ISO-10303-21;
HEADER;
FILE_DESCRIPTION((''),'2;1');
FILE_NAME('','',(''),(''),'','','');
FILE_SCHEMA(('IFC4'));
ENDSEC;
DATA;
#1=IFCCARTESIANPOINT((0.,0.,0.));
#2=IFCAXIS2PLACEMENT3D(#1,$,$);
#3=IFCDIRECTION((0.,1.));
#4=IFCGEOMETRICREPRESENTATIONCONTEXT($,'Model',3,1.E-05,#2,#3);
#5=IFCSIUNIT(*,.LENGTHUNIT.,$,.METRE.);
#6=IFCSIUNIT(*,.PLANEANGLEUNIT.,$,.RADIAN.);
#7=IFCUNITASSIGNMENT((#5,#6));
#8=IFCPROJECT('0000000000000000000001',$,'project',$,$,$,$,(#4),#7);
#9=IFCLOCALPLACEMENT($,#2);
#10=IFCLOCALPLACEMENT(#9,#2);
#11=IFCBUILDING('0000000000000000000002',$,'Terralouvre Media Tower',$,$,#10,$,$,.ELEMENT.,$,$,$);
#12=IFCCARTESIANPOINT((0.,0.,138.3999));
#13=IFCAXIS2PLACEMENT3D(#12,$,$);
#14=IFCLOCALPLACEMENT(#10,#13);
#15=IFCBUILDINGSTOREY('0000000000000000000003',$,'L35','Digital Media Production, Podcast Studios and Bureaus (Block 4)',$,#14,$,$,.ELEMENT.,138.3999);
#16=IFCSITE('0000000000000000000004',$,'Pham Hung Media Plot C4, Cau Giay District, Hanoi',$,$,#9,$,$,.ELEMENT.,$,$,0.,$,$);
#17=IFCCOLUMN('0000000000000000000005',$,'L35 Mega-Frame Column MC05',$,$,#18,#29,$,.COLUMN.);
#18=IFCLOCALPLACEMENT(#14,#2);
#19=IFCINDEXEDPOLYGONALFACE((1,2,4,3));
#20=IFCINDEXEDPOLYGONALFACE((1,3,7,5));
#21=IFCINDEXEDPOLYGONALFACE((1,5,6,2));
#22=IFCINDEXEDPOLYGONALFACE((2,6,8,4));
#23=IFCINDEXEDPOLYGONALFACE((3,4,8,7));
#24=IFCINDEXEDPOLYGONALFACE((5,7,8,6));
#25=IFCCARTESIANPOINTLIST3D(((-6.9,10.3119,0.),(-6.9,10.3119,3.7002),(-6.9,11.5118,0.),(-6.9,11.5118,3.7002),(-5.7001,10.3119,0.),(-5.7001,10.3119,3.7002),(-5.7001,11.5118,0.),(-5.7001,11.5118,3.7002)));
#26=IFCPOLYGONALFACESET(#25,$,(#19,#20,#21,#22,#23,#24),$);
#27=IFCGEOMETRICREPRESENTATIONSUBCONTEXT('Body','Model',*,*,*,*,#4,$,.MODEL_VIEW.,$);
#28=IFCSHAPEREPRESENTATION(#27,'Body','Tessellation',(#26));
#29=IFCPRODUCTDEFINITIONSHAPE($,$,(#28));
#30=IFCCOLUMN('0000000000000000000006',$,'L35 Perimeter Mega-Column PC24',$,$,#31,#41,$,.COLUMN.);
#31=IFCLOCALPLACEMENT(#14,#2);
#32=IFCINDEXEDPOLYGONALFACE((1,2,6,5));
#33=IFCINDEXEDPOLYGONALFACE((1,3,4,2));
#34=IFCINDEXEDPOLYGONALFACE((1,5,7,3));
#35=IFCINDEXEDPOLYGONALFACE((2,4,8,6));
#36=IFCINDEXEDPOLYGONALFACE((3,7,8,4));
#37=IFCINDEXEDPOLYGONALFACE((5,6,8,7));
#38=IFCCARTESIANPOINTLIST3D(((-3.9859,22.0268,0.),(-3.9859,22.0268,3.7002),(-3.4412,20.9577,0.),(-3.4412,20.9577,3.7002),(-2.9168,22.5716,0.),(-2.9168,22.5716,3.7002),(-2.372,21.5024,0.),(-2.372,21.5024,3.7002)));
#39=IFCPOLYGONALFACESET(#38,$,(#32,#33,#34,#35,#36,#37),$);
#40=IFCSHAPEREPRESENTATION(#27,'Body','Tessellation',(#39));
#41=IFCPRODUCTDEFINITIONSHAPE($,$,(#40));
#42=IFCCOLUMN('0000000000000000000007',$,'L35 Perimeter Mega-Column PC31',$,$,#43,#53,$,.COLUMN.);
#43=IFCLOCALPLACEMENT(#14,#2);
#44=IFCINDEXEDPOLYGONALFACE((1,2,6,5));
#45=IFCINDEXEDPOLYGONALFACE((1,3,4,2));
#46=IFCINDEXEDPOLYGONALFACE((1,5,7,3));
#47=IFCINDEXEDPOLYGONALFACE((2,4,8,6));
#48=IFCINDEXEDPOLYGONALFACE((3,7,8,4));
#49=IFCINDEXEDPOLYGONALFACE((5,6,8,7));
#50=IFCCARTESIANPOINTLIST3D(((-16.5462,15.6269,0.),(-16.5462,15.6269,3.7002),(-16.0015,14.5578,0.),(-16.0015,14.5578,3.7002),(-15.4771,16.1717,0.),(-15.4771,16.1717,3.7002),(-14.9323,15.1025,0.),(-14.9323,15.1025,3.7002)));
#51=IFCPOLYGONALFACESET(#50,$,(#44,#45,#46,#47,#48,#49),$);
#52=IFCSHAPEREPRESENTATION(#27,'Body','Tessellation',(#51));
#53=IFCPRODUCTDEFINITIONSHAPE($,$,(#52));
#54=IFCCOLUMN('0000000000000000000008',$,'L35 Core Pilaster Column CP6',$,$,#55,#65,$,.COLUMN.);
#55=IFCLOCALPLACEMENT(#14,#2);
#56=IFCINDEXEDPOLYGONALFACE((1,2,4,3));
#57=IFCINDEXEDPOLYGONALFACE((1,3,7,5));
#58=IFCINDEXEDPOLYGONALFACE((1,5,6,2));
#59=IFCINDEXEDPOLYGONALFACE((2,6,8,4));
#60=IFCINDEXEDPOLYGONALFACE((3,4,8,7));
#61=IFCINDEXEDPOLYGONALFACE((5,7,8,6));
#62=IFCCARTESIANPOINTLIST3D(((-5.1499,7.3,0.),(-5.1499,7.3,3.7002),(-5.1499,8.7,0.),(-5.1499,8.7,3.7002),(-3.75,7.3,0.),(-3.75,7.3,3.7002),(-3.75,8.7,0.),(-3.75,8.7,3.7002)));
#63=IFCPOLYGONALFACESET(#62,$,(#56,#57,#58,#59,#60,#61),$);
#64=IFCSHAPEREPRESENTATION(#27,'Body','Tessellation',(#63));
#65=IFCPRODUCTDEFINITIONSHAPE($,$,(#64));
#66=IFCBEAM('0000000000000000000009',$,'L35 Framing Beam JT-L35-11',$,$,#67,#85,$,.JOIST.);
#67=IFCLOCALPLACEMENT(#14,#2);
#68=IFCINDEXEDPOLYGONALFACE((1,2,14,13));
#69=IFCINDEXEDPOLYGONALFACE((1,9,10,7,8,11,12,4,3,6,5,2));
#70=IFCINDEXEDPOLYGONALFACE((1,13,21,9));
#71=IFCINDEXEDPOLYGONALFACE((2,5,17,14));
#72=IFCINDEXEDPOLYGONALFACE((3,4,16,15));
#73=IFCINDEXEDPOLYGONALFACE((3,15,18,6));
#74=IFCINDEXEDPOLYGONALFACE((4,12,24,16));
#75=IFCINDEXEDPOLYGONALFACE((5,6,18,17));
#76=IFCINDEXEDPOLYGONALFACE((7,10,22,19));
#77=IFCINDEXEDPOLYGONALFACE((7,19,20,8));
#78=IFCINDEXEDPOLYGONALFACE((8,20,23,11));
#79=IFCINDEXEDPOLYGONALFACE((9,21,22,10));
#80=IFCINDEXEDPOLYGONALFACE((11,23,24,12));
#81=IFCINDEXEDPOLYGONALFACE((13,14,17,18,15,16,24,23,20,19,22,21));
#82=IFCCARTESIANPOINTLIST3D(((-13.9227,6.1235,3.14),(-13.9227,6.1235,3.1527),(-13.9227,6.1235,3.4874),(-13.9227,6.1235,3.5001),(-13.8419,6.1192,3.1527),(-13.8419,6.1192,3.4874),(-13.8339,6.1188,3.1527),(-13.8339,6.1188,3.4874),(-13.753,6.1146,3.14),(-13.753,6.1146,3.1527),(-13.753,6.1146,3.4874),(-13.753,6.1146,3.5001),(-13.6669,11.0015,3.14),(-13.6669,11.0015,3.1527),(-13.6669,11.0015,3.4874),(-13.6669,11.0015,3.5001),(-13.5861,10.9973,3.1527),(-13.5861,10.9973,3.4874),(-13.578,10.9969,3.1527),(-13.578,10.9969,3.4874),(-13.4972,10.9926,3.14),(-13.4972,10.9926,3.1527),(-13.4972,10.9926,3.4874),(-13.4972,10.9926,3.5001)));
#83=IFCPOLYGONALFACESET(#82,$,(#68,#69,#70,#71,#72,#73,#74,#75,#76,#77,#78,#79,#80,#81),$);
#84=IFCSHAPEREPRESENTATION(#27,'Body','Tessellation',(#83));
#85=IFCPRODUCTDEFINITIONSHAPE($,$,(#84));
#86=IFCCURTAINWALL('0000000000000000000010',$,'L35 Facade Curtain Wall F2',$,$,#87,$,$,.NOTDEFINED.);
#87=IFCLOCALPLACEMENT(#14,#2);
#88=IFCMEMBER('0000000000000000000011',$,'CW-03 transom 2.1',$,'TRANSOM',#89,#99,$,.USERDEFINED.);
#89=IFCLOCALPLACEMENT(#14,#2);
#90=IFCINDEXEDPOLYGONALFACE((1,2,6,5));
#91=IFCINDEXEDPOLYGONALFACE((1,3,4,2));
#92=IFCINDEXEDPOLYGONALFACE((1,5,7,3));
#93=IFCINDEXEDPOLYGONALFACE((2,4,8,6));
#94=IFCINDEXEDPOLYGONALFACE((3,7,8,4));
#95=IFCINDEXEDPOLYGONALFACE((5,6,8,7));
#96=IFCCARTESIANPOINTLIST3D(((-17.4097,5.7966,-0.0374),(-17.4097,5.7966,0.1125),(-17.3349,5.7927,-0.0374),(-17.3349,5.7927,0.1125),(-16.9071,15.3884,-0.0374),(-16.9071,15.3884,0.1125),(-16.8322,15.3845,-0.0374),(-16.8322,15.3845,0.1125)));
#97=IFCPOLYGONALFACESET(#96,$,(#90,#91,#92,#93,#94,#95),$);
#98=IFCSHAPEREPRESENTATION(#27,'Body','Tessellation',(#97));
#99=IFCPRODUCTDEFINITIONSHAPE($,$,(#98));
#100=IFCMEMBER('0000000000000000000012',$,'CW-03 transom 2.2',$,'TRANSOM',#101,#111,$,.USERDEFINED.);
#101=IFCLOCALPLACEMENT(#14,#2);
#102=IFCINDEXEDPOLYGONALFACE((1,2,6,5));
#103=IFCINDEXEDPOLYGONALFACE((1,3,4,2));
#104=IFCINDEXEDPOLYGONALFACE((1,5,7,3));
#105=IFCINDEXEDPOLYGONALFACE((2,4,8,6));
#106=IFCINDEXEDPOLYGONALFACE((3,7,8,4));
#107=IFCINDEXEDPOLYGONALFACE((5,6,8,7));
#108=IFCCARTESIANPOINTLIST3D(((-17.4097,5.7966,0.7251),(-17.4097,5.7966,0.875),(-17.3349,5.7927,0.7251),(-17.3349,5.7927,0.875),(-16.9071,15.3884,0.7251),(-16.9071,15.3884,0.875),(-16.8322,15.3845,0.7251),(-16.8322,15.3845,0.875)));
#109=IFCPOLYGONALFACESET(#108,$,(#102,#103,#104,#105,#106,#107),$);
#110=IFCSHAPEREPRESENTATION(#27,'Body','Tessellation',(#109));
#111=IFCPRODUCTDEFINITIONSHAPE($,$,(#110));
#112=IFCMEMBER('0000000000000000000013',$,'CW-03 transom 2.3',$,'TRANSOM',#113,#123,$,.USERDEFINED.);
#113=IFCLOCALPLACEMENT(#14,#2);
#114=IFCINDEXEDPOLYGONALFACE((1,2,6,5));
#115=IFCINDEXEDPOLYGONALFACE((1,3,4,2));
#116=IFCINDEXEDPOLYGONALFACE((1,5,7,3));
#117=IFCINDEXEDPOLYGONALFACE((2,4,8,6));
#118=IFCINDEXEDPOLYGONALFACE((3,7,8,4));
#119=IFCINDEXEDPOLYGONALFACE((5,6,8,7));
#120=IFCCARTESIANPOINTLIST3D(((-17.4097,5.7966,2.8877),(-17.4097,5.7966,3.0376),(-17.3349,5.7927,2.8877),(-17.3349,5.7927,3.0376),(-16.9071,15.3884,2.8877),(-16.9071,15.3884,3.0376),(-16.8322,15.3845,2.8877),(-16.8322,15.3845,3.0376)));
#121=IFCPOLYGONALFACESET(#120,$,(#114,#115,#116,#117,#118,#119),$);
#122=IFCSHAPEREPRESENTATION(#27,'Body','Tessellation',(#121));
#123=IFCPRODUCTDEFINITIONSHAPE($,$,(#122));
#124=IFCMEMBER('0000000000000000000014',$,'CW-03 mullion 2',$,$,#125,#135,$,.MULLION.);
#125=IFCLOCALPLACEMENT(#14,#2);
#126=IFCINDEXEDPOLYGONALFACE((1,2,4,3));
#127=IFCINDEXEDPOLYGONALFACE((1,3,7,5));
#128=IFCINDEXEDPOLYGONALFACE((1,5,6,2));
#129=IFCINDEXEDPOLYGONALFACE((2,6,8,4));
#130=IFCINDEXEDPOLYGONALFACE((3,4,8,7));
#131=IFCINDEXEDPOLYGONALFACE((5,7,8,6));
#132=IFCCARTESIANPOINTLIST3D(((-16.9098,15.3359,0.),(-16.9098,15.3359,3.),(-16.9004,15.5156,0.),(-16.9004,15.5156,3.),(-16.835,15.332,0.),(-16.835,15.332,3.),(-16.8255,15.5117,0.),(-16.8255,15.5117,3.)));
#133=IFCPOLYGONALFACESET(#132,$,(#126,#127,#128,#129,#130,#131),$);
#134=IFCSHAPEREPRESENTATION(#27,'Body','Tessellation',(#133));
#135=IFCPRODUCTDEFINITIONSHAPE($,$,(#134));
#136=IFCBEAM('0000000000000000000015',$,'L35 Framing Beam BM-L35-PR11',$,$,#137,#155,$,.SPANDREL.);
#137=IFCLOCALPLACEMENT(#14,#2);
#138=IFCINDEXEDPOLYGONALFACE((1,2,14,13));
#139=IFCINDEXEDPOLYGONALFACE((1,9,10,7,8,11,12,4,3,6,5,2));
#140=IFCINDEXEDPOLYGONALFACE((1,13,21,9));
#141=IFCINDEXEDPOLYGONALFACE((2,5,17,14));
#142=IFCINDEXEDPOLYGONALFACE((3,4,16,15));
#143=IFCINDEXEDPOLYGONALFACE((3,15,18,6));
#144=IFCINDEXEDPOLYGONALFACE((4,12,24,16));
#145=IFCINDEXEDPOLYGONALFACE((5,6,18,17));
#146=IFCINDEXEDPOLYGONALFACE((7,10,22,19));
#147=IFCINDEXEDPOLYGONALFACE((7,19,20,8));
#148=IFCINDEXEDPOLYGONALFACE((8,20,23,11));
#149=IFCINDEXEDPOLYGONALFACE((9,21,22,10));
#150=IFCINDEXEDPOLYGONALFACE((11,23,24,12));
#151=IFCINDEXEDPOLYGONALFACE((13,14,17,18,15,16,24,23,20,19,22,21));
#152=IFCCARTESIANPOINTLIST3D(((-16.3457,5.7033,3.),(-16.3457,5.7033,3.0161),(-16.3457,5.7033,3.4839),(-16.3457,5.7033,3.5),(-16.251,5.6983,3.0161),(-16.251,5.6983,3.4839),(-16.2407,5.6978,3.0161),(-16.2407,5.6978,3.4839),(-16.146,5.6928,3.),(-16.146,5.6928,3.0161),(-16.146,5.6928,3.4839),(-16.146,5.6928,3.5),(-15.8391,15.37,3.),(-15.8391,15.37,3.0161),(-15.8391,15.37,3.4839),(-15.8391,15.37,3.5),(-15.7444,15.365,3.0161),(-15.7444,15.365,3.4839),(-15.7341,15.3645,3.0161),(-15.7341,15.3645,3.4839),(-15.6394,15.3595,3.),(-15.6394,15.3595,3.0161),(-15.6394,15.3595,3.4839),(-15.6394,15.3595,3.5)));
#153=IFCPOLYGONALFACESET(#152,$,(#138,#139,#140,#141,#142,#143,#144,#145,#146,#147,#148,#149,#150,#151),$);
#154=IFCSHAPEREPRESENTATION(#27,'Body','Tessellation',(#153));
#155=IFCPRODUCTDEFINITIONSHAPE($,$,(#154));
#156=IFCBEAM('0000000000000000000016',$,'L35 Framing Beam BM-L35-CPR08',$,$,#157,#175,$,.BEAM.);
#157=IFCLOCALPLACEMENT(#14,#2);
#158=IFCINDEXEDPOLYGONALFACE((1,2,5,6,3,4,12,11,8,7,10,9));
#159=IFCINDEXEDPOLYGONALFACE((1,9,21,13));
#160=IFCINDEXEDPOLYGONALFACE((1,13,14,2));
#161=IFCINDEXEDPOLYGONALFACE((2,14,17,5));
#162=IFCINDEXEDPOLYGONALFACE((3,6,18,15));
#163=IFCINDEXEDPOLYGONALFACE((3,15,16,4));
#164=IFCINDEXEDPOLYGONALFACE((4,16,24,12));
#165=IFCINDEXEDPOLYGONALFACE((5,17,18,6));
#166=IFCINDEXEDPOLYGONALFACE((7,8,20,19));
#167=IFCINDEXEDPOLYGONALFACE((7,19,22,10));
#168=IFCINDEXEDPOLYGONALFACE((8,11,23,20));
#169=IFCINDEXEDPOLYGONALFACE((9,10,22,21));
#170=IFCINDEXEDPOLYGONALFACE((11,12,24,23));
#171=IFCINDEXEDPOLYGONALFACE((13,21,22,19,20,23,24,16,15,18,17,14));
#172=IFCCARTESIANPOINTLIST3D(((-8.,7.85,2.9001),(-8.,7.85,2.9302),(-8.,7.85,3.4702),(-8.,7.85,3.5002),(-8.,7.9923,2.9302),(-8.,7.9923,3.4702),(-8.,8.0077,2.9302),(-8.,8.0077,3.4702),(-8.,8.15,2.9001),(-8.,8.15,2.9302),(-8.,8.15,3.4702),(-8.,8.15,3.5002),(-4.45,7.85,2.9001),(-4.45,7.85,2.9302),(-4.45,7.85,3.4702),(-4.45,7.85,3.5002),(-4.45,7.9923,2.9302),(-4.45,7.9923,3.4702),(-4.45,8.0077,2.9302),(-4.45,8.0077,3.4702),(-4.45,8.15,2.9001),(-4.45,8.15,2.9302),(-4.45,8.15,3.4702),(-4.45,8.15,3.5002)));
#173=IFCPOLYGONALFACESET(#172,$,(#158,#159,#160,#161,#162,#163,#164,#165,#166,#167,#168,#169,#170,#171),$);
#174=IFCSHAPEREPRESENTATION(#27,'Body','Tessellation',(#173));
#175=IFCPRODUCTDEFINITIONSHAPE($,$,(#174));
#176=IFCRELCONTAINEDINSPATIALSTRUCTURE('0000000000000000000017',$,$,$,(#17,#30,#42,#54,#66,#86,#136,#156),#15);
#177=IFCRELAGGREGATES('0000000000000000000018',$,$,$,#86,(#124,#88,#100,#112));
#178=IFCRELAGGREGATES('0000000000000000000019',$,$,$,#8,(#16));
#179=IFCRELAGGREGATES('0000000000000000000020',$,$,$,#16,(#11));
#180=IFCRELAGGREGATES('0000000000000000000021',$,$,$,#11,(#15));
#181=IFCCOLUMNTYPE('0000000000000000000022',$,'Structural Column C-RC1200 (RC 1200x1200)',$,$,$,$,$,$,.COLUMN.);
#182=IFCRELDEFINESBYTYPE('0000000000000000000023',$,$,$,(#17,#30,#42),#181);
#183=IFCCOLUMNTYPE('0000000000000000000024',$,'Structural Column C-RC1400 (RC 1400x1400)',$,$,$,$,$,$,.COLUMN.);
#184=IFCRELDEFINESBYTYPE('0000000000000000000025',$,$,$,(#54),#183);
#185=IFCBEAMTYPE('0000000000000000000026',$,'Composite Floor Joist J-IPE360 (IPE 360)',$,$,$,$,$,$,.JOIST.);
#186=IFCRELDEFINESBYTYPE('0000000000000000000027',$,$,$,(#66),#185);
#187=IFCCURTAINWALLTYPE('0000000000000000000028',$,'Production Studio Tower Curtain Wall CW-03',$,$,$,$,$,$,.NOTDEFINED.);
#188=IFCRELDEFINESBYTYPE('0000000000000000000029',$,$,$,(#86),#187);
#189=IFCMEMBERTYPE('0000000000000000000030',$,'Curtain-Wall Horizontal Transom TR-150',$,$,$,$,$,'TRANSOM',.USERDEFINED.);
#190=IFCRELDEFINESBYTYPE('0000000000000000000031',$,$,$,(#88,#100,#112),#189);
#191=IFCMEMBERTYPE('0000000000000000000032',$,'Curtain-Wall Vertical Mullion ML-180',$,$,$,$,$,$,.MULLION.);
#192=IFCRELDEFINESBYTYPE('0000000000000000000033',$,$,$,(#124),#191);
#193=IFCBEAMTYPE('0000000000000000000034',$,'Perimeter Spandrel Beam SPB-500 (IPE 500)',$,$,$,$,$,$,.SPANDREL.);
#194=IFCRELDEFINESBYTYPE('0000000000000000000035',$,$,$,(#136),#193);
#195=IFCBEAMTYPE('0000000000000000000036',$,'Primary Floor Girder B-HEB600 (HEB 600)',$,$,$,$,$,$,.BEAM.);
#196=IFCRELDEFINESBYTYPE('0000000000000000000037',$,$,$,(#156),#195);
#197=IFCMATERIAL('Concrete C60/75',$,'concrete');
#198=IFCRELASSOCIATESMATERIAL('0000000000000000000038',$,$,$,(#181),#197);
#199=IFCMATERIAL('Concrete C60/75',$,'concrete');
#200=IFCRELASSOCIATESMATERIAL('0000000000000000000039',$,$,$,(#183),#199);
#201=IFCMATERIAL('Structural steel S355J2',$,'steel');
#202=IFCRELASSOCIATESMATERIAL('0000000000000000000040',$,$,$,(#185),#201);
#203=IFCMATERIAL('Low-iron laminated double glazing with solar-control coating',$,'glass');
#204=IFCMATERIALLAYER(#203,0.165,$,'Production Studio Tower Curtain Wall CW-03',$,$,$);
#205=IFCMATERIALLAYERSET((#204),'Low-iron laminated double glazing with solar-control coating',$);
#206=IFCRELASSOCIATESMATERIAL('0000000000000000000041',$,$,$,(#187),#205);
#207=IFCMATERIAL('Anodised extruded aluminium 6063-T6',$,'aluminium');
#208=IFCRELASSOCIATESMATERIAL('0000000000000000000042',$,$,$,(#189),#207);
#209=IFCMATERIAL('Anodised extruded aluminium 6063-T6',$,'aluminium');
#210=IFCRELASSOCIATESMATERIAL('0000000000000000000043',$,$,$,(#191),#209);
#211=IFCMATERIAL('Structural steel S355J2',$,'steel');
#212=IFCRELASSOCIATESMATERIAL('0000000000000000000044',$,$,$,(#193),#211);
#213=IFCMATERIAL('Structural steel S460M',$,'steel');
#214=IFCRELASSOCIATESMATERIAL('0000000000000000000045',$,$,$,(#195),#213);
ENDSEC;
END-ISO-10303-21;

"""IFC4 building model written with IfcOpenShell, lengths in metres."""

from ifc_helpers import new_model, si_unit, direction, frame, origin, origin_2d, place, context, subcontext, project, spatial, rectangle, i_section, extrude, material, layer, layer_set, material_profile, profile_set, type_object, element, aggregate, save


model = new_model("IFC4")

# Units and contexts
model_context = context("Model", 3, precision=1e-05, world=origin(), true_north=direction((0.0, 1.0)))
body_context = subcontext(model_context, "Body", "Model", "MODEL_VIEW")
ifc_project = project(units=[si_unit("LENGTHUNIT", "METRE"), si_unit("PLANEANGLEUNIT", "RADIAN")], contexts=[model_context])

# Site, building, storey
site_placement = place(None, origin())
site = spatial("IfcSite", under=ifc_project, at=site_placement, Name="Pham Hung Media Plot C4, Cau Giay District, Hanoi", CompositionType="ELEMENT", RefElevation=0.0)
building_placement = place(site_placement, origin())
building = spatial("IfcBuilding", under=site, at=building_placement, Name="Terralouvre Media Tower", CompositionType="ELEMENT")
storey_placement = place(building_placement, frame((0.0, 0.0, 138.3999)))
storey = spatial("IfcBuildingStorey", under=building, at=storey_placement, Name="L35", Description="Digital Media Production, Podcast Studios and Bureaus (Block 4)", CompositionType="ELEMENT", Elevation=138.3999)

# Columns
ifc_material_1 = material(Name="Concrete C60/75", Category="concrete")
ifc_material_profile_1 = material_profile(ifc_material_1, rectangle(XDim=1.2, YDim=1.2, at=origin_2d()), Name="RC 1200x1200")
ifc_profile_set_1 = profile_set([ifc_material_profile_1], Name="Concrete C60/75")
column_type_1 = type_object("IfcColumnType", Name="Structural Column C-RC1200 (RC 1200x1200)", PredefinedType="COLUMN", material=ifc_profile_set_1)
for number, where, z_axis, x_axis, name in (
    (1, (-6.3, 10.9119, 0.0), (0.0, 0.0, 1.0), (1.0, 0.0, 0.0), "L35 Mega-Frame Column MC05"),
    (2, (-3.179, 21.7646, 0.0), (0.0, 0.0, 1.0), (0.891007, 0.45399, 0.0), "L35 Perimeter Mega-Column PC24"),
    (3, (-15.7393, 15.3647, 0.0), (0.0, 0.0, 1.0), (0.891007, 0.45399, 0.0), "L35 Perimeter Mega-Column PC31"),
):
    element("IfcColumn", number, at=place(storey_placement, frame(where, z_axis=z_axis, x_axis=x_axis)), inside=storey, type_object=column_type_1, Name=name, PredefinedType="COLUMN", context=body_context, shape_type="SweptSolid", body=[
        extrude(rectangle(XDim=1.2, YDim=1.2, at=origin_2d()), origin(), (0.0, 0.0, 1.0), 3.7002),
    ])
ifc_material_2 = material(Name="Concrete C60/75", Category="concrete")
ifc_material_profile_2 = material_profile(ifc_material_2, rectangle(XDim=1.3999, YDim=1.3999, at=origin_2d()), Name="RC 1400x1400")
ifc_profile_set_2 = profile_set([ifc_material_profile_2], Name="Concrete C60/75")
column_type_2 = type_object("IfcColumnType", Name="Structural Column C-RC1400 (RC 1400x1400)", PredefinedType="COLUMN", material=ifc_profile_set_2)
column_placement = place(storey_placement, frame((-4.45, 8.0, 0.0), z_axis=(0.0, 0.0, 1.0), x_axis=(1.0, 0.0, 0.0)))
element("IfcColumn", 4, at=column_placement, inside=storey, type_object=column_type_2, Name="L35 Core Pilaster Column CP6", PredefinedType="COLUMN", context=body_context, shape_type="SweptSolid", body=[
    extrude(rectangle(XDim=1.3999, YDim=1.3999, at=origin_2d()), origin(), (0.0, 0.0, 1.0), 3.7002),
])

# Beam
ifc_material_3 = material(Name="Structural steel S355J2", Category="steel")
ifc_material_profile_3 = material_profile(ifc_material_3, i_section(OverallWidth=0.1699, OverallDepth=0.3601, WebThickness=0.0081, FlangeThickness=0.0127, at=origin_2d()), Name="IPE 360")
ifc_profile_set_3 = profile_set([ifc_material_profile_3], Name="Structural steel S355J2")
beam_type_1 = type_object("IfcBeamType", Name="Composite Floor Joist J-IPE360 (IPE 360)", PredefinedType="JOIST", material=ifc_profile_set_3)
beam_1_placement = place(storey_placement, frame((-13.582, 10.9971, 3.3201), z_axis=(-0.052378, -0.998627, 0.0), x_axis=(0.998627, -0.052378, 0.0)))
element("IfcBeam", 5, at=beam_1_placement, inside=storey, type_object=beam_type_1, Name="L35 Framing Beam JT-L35-11", PredefinedType="JOIST", context=body_context, shape_type="SweptSolid", body=[
    extrude(i_section(OverallWidth=0.1699, OverallDepth=0.3601, WebThickness=0.0081, FlangeThickness=0.0127, at=origin_2d()), origin(), (0.0, 0.0, 1.0), 4.8848),
])

# Curtain wall, members
ifc_material_4 = material(Name="Low-iron laminated double glazing with solar-control coating", Category="glass")
ifc_layer_1 = layer(ifc_material_4, 0.165, Name="Production Studio Tower Curtain Wall CW-03")
ifc_layer_set_1 = layer_set([ifc_layer_1], Name="Low-iron laminated double glazing with solar-control coating")
curtain_wall_type = type_object("IfcCurtainWallType", Name="Production Studio Tower Curtain Wall CW-03", PredefinedType="NOTDEFINED", material=ifc_layer_set_1)
curtain_wall_placement = place(storey_placement, origin())
curtain_wall = element("IfcCurtainWall", 6, at=curtain_wall_placement, inside=storey, type_object=curtain_wall_type, Name="L35 Facade Curtain Wall F2", PredefinedType="NOTDEFINED")
ifc_material_5 = material(Name="Anodised extruded aluminium 6063-T6", Category="aluminium")
ifc_material_profile_4 = material_profile(ifc_material_5, rectangle(XDim=0.075, YDim=0.1499, at=origin_2d()), Name="ALU 75x150")
ifc_profile_set_4 = profile_set([ifc_material_profile_4], Name="Anodised extruded aluminium 6063-T6")
member_type_1 = type_object("IfcMemberType", Name="Curtain-Wall Horizontal Transom TR-150", ElementType="TRANSOM", PredefinedType="USERDEFINED", material=ifc_profile_set_4)
member_1_placement = place(storey_placement, frame((-16.8696, 15.3865, 0.0376), z_axis=(-0.052336, -0.99863, 0.0), x_axis=(0.99863, -0.052336, 0.0)))
member_1 = element("IfcMember", 7, at=member_1_placement, type_object=member_type_1, Name="CW-03 transom 2.1", ObjectType="TRANSOM", PredefinedType="USERDEFINED", context=body_context, shape_type="SweptSolid", body=[
    extrude(rectangle(XDim=0.075, YDim=0.1499, at=origin_2d()), origin(), (0.0, 0.0, 1.0), 9.605),
])
member_2_placement = place(storey_placement, frame((-16.8696, 15.3865, 0.8), z_axis=(-0.052336, -0.99863, 0.0), x_axis=(0.99863, -0.052336, 0.0)))
member_2 = element("IfcMember", 8, at=member_2_placement, type_object=member_type_1, Name="CW-03 transom 2.2", ObjectType="TRANSOM", PredefinedType="USERDEFINED", context=body_context, shape_type="SweptSolid", body=[
    extrude(rectangle(XDim=0.075, YDim=0.1499, at=origin_2d()), origin(), (0.0, 0.0, 1.0), 9.605),
])
member_3_placement = place(storey_placement, frame((-16.8696, 15.3865, 2.9626), z_axis=(-0.052336, -0.99863, 0.0), x_axis=(0.99863, -0.052336, 0.0)))
member_3 = element("IfcMember", 9, at=member_3_placement, type_object=member_type_1, Name="CW-03 transom 2.3", ObjectType="TRANSOM", PredefinedType="USERDEFINED", context=body_context, shape_type="SweptSolid", body=[
    extrude(rectangle(XDim=0.075, YDim=0.1499, at=origin_2d()), origin(), (0.0, 0.0, 1.0), 9.605),
])
ifc_material_6 = material(Name="Anodised extruded aluminium 6063-T6", Category="aluminium")
ifc_material_profile_5 = material_profile(ifc_material_6, rectangle(XDim=0.075, YDim=0.1799, at=origin_2d()), Name="ALU 75x180")
ifc_profile_set_5 = profile_set([ifc_material_profile_5], Name="Anodised extruded aluminium 6063-T6")
member_type_2 = type_object("IfcMemberType", Name="Curtain-Wall Vertical Mullion ML-180", PredefinedType="MULLION", material=ifc_profile_set_5)
member_4_placement = place(storey_placement, frame((-16.8677, 15.4238, 0.0), z_axis=(0.0, 0.0, 1.0), x_axis=(0.99863, -0.052336, 0.0)))
member_4 = element("IfcMember", 10, at=member_4_placement, type_object=member_type_2, Name="CW-03 mullion 2", PredefinedType="MULLION", context=body_context, shape_type="SweptSolid", body=[
    extrude(rectangle(XDim=0.075, YDim=0.1799, at=origin_2d()), origin(), (0.0, 0.0, 1.0), 3.0),
])

# Beams
ifc_material_7 = material(Name="Structural steel S355J2", Category="steel")
ifc_material_profile_6 = material_profile(ifc_material_7, i_section(OverallWidth=0.2, OverallDepth=0.5, WebThickness=0.0103, FlangeThickness=0.0161, at=origin_2d()), Name="IPE 500")
ifc_profile_set_6 = profile_set([ifc_material_profile_6], Name="Structural steel S355J2")
beam_type_2 = type_object("IfcBeamType", Name="Perimeter Spandrel Beam SPB-500 (IPE 500)", PredefinedType="SPANDREL", material=ifc_profile_set_6)
beam_2_placement = place(storey_placement, frame((-15.7393, 15.3647, 3.25), z_axis=(-0.052334, -0.99863, 0.0), x_axis=(0.99863, -0.052334, 0.0)))
element("IfcBeam", 11, at=beam_2_placement, inside=storey, type_object=beam_type_2, Name="L35 Framing Beam BM-L35-PR11", PredefinedType="SPANDREL", context=body_context, shape_type="SweptSolid", body=[
    extrude(i_section(OverallWidth=0.2, OverallDepth=0.5, WebThickness=0.0103, FlangeThickness=0.0161, at=origin_2d()), origin(), (0.0, 0.0, 1.0), 9.6799),
])
ifc_material_8 = material(Name="Structural steel S460M", Category="steel")
ifc_material_profile_7 = material_profile(ifc_material_8, i_section(OverallWidth=0.3, OverallDepth=0.6001, WebThickness=0.0154, FlangeThickness=0.03, at=origin_2d()), Name="HEB 600")
ifc_profile_set_7 = profile_set([ifc_material_profile_7], Name="Structural steel S460M")
beam_type_3 = type_object("IfcBeamType", Name="Primary Floor Girder B-HEB600 (HEB 600)", PredefinedType="BEAM", material=ifc_profile_set_7)
beam_3_placement = place(storey_placement, frame((-4.45, 8.0, 3.2002), z_axis=(-1.0, 0.0, 0.0), x_axis=(0.0, -1.0, 0.0)))
element("IfcBeam", 12, at=beam_3_placement, inside=storey, type_object=beam_type_3, Name="L35 Framing Beam BM-L35-CPR08", PredefinedType="BEAM", context=body_context, shape_type="SweptSolid", body=[
    extrude(i_section(OverallWidth=0.3, OverallDepth=0.6001, WebThickness=0.0154, FlangeThickness=0.03, at=origin_2d()), origin(), (0.0, 0.0, 1.0), 3.55),
])

aggregate(curtain_wall, [member_4, member_1, member_2, member_3])

save(model, "model.ifc")
